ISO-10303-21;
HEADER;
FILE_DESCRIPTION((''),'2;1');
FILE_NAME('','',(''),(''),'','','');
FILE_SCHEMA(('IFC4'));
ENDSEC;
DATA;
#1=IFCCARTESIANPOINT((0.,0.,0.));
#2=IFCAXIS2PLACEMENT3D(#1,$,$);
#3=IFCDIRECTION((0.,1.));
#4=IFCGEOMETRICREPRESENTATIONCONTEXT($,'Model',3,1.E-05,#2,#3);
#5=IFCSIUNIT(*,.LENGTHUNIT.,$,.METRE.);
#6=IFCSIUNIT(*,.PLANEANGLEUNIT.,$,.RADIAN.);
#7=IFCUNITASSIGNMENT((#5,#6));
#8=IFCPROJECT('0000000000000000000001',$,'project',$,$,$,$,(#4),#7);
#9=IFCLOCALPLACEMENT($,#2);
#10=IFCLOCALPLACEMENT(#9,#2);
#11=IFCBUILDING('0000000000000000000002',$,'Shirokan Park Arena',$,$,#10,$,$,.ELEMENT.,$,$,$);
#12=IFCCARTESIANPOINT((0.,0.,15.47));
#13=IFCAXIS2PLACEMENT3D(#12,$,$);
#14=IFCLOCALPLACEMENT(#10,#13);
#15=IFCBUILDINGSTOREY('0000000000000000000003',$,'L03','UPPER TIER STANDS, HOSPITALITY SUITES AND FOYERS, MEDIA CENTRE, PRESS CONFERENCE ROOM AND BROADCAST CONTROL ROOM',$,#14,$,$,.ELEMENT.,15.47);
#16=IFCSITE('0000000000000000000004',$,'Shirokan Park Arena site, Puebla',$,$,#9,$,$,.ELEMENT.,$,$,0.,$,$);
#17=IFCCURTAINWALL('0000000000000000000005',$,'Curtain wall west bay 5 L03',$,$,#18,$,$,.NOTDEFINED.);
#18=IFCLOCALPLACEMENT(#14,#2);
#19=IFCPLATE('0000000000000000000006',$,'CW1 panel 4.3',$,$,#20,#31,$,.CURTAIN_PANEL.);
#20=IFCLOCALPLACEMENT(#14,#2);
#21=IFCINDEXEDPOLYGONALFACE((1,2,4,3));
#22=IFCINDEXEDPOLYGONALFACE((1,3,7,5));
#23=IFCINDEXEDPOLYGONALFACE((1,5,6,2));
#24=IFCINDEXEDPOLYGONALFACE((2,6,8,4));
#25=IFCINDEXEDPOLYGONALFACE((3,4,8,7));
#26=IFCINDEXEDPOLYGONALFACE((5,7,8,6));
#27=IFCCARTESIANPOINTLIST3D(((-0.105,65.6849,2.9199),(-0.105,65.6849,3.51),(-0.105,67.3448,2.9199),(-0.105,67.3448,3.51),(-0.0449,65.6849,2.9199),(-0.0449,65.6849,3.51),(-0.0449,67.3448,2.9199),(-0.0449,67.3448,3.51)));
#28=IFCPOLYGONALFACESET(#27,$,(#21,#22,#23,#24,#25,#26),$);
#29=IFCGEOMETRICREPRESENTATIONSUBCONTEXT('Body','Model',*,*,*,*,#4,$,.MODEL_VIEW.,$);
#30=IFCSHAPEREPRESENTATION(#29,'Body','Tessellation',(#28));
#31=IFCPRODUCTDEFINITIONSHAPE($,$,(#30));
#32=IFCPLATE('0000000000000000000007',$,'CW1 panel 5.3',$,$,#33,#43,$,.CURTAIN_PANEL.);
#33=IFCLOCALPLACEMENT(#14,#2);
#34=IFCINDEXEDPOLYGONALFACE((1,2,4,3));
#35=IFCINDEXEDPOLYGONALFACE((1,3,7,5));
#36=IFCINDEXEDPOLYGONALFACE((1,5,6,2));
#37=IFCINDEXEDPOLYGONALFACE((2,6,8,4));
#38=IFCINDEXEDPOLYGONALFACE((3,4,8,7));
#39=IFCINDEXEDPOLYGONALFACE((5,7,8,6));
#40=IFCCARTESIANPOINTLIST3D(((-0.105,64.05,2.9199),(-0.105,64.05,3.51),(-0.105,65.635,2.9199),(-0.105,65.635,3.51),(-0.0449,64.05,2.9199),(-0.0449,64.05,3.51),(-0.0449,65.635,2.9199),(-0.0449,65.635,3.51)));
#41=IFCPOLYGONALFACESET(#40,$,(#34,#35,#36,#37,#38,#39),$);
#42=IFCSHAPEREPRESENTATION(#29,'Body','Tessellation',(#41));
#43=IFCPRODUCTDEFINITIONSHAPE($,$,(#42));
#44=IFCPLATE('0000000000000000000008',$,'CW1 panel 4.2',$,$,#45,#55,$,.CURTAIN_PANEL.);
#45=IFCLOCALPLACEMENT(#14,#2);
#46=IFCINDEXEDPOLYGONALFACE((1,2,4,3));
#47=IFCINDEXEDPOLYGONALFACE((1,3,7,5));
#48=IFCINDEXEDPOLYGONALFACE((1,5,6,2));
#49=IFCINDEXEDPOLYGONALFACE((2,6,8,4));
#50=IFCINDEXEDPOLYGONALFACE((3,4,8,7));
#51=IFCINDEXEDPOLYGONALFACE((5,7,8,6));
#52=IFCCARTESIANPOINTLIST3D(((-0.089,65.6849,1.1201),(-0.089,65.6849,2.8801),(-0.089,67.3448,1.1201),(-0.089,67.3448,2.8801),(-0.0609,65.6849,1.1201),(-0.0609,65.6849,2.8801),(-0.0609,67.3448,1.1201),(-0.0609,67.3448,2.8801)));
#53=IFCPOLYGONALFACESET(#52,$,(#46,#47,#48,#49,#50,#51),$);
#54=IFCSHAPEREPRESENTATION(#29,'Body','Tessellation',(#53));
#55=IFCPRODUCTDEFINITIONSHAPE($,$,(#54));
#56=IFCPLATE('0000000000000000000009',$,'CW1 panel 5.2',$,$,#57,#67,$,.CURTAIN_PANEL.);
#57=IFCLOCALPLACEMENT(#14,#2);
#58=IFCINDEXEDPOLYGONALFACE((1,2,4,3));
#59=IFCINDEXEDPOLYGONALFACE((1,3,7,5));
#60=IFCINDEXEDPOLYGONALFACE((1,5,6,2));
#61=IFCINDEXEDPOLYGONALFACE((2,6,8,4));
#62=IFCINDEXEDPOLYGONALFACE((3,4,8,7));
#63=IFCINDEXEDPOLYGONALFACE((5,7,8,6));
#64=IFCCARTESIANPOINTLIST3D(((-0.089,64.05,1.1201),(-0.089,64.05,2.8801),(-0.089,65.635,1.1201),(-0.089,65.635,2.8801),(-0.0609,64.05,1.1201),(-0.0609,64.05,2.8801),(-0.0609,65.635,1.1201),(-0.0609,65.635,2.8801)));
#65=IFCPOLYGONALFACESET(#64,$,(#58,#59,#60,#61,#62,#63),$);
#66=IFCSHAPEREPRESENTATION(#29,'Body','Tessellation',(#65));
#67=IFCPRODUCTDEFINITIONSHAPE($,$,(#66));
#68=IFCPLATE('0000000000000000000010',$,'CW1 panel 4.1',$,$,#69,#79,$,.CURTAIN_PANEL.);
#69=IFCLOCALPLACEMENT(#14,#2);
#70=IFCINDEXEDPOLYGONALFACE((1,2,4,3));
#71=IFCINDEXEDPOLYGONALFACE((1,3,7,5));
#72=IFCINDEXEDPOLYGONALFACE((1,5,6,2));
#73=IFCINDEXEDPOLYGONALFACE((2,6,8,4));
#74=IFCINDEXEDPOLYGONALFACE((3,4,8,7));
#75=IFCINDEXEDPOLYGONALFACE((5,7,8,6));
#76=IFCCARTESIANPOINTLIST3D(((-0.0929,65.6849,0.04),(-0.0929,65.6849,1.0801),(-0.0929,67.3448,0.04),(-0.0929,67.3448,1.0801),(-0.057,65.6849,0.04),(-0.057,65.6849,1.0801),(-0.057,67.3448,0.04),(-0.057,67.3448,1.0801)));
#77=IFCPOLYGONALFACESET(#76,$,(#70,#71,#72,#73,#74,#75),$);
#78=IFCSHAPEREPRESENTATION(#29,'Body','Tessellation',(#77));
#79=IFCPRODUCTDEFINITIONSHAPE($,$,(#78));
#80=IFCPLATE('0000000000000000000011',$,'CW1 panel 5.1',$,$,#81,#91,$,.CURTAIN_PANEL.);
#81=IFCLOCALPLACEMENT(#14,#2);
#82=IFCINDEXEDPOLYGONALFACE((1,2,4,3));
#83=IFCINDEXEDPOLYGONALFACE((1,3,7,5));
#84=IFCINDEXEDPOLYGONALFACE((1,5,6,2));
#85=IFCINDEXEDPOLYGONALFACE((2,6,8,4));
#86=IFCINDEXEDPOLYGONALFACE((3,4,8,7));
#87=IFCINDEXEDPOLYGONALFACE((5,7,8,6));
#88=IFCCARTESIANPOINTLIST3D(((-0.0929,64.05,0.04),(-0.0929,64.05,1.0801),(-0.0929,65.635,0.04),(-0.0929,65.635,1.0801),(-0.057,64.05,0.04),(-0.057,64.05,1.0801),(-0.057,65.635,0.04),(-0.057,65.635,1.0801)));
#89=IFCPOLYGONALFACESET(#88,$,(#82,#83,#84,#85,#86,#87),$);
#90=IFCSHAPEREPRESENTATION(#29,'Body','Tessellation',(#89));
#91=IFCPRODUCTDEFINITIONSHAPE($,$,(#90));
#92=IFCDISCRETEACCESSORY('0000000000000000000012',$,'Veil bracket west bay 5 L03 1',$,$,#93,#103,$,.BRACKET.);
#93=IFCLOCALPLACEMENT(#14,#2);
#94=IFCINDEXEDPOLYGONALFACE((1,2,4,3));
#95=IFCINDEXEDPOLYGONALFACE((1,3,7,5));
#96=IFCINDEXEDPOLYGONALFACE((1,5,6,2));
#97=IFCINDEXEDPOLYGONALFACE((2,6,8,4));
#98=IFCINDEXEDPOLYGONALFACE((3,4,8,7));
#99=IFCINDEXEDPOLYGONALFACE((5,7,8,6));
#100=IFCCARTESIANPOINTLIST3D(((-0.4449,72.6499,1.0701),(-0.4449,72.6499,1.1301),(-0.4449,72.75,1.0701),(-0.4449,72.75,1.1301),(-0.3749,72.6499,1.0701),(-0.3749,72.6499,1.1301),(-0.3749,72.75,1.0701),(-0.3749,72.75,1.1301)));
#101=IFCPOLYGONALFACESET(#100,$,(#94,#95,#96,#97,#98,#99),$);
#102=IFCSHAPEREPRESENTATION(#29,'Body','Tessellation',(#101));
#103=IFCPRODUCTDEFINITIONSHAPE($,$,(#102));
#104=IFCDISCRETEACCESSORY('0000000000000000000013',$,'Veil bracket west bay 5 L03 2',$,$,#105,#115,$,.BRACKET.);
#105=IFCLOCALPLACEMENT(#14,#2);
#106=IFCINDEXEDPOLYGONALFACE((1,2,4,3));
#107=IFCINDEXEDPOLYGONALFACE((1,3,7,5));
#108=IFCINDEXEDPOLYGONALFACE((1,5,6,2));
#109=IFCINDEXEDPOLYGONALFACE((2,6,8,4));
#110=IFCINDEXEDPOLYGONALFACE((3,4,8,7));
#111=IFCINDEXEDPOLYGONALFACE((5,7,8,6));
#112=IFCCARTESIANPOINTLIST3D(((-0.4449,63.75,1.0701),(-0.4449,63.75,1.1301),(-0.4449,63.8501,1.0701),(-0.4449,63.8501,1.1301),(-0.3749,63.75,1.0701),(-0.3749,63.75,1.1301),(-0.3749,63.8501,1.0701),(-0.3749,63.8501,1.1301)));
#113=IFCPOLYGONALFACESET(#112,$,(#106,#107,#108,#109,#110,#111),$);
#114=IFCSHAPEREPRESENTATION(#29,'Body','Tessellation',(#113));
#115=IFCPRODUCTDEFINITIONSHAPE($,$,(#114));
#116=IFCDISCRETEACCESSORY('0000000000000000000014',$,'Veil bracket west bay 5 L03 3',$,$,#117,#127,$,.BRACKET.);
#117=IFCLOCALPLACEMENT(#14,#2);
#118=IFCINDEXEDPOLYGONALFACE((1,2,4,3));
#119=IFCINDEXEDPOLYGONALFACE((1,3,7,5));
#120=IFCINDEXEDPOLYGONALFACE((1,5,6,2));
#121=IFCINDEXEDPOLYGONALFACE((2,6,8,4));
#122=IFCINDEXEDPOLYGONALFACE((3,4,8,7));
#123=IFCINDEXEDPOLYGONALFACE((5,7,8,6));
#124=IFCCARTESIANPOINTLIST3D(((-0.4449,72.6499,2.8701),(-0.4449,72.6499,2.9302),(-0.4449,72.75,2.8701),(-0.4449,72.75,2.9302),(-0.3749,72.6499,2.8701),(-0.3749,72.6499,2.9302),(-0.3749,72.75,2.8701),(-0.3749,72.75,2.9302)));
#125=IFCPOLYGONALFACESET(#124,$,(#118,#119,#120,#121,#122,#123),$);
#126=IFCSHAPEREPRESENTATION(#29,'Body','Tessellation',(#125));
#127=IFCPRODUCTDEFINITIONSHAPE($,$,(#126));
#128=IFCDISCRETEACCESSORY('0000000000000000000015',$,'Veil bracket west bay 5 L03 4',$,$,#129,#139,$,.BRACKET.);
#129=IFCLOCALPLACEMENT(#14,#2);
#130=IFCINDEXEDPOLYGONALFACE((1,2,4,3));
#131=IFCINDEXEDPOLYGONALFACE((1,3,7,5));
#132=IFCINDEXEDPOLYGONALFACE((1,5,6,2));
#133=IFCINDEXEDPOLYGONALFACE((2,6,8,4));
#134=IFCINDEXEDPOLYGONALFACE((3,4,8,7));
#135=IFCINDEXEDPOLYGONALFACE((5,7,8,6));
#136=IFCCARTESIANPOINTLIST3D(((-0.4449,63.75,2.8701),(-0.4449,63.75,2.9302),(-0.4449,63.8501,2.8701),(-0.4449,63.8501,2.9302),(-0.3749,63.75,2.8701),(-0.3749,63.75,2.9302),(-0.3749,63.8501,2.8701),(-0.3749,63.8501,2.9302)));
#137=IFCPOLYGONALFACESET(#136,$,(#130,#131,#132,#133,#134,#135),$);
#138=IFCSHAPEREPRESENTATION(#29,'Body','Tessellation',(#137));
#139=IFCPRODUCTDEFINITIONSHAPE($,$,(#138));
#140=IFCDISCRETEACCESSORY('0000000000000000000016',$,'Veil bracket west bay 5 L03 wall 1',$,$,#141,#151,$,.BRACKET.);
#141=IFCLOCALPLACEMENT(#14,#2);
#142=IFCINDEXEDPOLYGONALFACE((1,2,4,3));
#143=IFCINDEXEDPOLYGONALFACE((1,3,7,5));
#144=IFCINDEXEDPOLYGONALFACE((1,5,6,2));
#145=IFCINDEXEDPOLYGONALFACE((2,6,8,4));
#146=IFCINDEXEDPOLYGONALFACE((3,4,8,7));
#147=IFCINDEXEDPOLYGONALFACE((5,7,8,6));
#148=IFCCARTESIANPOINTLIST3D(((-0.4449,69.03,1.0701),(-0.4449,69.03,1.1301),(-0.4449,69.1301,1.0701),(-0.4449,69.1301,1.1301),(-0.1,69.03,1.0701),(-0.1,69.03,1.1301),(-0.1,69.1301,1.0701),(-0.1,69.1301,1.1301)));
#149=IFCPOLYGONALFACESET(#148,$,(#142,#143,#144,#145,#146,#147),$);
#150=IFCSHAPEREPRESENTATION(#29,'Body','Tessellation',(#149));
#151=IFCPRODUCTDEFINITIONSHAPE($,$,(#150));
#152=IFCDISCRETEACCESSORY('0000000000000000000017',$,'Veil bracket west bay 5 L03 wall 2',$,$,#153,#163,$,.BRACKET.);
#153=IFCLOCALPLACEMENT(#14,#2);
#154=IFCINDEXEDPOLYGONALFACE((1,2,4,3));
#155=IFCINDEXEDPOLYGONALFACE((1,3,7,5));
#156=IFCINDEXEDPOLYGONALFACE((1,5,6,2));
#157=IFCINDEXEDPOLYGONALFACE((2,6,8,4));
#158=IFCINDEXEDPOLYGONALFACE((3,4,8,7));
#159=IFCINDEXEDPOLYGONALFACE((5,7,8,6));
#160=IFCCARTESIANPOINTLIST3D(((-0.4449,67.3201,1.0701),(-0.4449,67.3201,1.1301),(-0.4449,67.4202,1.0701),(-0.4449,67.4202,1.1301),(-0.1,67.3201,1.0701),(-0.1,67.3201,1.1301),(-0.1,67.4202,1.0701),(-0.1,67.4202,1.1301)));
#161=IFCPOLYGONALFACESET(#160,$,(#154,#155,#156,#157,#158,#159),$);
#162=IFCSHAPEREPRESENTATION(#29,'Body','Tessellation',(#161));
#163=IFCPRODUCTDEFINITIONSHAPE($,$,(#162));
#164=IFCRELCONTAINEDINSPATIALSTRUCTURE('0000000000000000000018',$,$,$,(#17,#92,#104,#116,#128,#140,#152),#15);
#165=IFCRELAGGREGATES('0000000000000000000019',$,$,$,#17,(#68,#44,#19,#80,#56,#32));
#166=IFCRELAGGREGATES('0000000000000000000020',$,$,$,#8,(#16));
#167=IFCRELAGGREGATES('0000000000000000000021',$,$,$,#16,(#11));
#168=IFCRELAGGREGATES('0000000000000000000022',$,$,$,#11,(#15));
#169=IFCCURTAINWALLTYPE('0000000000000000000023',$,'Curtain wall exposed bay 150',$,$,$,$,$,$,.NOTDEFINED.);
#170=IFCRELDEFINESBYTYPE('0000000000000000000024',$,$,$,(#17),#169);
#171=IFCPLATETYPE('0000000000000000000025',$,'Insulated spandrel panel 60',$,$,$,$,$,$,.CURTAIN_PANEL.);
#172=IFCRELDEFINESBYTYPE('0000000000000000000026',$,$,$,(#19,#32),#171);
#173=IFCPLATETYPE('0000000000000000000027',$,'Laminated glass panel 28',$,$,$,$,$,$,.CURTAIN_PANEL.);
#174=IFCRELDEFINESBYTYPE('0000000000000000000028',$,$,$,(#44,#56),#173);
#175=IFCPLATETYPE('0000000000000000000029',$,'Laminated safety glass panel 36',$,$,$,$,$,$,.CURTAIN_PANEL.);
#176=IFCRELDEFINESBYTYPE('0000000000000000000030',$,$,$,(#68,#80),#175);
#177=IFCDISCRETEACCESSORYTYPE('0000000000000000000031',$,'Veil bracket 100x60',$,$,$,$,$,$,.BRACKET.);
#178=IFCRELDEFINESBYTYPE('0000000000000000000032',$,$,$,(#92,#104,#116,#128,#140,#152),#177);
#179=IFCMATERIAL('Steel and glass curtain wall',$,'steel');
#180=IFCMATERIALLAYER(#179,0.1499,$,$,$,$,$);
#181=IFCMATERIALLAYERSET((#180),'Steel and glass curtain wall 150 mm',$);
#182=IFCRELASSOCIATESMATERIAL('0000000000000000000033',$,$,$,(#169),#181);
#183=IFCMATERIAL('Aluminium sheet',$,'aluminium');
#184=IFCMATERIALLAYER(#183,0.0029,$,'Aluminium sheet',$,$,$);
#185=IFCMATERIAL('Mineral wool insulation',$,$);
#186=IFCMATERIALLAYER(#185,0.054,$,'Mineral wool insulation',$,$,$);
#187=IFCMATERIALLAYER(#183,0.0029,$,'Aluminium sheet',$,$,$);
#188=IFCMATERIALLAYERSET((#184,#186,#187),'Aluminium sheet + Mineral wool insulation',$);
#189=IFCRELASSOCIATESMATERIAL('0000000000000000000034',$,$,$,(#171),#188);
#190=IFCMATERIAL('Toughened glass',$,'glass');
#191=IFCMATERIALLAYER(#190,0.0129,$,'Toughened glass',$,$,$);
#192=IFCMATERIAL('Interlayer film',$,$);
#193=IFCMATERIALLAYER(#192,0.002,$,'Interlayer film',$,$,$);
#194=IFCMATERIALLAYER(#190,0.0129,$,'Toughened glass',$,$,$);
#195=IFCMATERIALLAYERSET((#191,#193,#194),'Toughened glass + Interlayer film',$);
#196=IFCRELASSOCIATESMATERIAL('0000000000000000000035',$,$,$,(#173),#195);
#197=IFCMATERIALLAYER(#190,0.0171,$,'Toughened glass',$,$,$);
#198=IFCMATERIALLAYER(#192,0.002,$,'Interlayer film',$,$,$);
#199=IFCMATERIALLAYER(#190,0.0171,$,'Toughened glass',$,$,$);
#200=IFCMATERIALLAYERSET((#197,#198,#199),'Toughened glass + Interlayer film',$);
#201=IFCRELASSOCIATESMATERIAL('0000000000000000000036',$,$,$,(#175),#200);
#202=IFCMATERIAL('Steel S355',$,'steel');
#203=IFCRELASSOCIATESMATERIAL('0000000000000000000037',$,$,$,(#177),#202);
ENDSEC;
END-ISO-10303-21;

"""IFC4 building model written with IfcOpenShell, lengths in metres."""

from ifc_helpers import new_model, si_unit, direction, frame, origin, origin_2d, place, context, subcontext, project, spatial, rectangle, extrude, material, layer, layer_set, type_object, element, aggregate, save


model = new_model("IFC4")

# Units and contexts
model_context = context("Model", 3, precision=1e-05, world=origin(), true_north=direction((0.0, 1.0)))
body_context = subcontext(model_context, "Body", "Model", "MODEL_VIEW")
ifc_project = project(units=[si_unit("LENGTHUNIT", "METRE"), si_unit("PLANEANGLEUNIT", "RADIAN")], contexts=[model_context])

# Site, building, storey
site_placement = place(None, origin())
site = spatial("IfcSite", under=ifc_project, at=site_placement, Name="Shirokan Park Arena site, Puebla", CompositionType="ELEMENT", RefElevation=0.0)
building_placement = place(site_placement, origin())
building = spatial("IfcBuilding", under=site, at=building_placement, Name="Shirokan Park Arena", CompositionType="ELEMENT")
storey_placement = place(building_placement, frame((0.0, 0.0, 15.47)))
storey = spatial("IfcBuildingStorey", under=building, at=storey_placement, Name="L03", Description="UPPER TIER STANDS, HOSPITALITY SUITES AND FOYERS, MEDIA CENTRE, PRESS CONFERENCE ROOM AND BROADCAST CONTROL ROOM", CompositionType="ELEMENT", Elevation=15.47)

# Curtain wall, plates
ifc_material_1 = material(Name="Steel and glass curtain wall", Category="steel")
ifc_layer_1 = layer(ifc_material_1, 0.1499)
ifc_layer_set_1 = layer_set([ifc_layer_1], Name="Steel and glass curtain wall 150 mm")
curtain_wall_type = type_object("IfcCurtainWallType", Name="Curtain wall exposed bay 150", PredefinedType="NOTDEFINED", material=ifc_layer_set_1)
curtain_wall_placement = place(storey_placement, origin())
curtain_wall = element("IfcCurtainWall", 1, at=curtain_wall_placement, inside=storey, type_object=curtain_wall_type, Name="Curtain wall west bay 5 L03", PredefinedType="NOTDEFINED")
ifc_material_2 = material(Name="Steel S355", Category="steel")
ifc_material_3 = material(Name="Aluminium sheet", Category="aluminium")
ifc_layer_2 = layer(ifc_material_3, 0.0029, Name="Aluminium sheet")
ifc_material_4 = material(Name="Mineral wool insulation")
ifc_layer_3 = layer(ifc_material_4, 0.054, Name="Mineral wool insulation")
ifc_layer_4 = layer(ifc_material_3, 0.0029, Name="Aluminium sheet")
ifc_layer_set_2 = layer_set([ifc_layer_2, ifc_layer_3, ifc_layer_4], Name="Aluminium sheet + Mineral wool insulation")
plate_type_1 = type_object("IfcPlateType", Name="Insulated spandrel panel 60", PredefinedType="CURTAIN_PANEL", material=ifc_layer_set_2)
plate_1_placement = place(storey_placement, frame((-0.075, 66.5149, 2.9199), z_axis=(0.0, 0.0, 1.0), x_axis=(0.0, -1.0, 0.0)))
plate_1 = element("IfcPlate", 2, at=plate_1_placement, type_object=plate_type_1, Name="CW1 panel 4.3", PredefinedType="CURTAIN_PANEL", context=body_context, shape_type="SweptSolid", body=[
    extrude(rectangle(XDim=1.6599, YDim=0.0601, at=origin_2d()), origin(), (0.0, 0.0, 1.0), 0.5901),
])
plate_2_placement = place(storey_placement, frame((-0.075, 64.8425, 2.9199), z_axis=(0.0, 0.0, 1.0), x_axis=(0.0, -1.0, 0.0)))
plate_2 = element("IfcPlate", 3, at=plate_2_placement, type_object=plate_type_1, Name="CW1 panel 5.3", PredefinedType="CURTAIN_PANEL", context=body_context, shape_type="SweptSolid", body=[
    extrude(rectangle(XDim=1.585, YDim=0.0601, at=origin_2d()), origin(), (0.0, 0.0, 1.0), 0.5901),
])
ifc_material_5 = material(Name="Toughened glass", Category="glass")
ifc_layer_5 = layer(ifc_material_5, 0.0129, Name="Toughened glass")
ifc_material_6 = material(Name="Interlayer film")
ifc_layer_6 = layer(ifc_material_6, 0.002, Name="Interlayer film")
ifc_layer_7 = layer(ifc_material_5, 0.0129, Name="Toughened glass")
ifc_layer_set_3 = layer_set([ifc_layer_5, ifc_layer_6, ifc_layer_7], Name="Toughened glass + Interlayer film")
plate_type_2 = type_object("IfcPlateType", Name="Laminated glass panel 28", PredefinedType="CURTAIN_PANEL", material=ifc_layer_set_3)
plate_3_placement = place(storey_placement, frame((-0.075, 66.5149, 1.1201), z_axis=(0.0, 0.0, 1.0), x_axis=(0.0, -1.0, 0.0)))
plate_3 = element("IfcPlate", 4, at=plate_3_placement, type_object=plate_type_2, Name="CW1 panel 4.2", PredefinedType="CURTAIN_PANEL", context=body_context, shape_type="SweptSolid", body=[
    extrude(rectangle(XDim=1.6599, YDim=0.0281, at=origin_2d()), origin(), (0.0, 0.0, 1.0), 1.76),
])
plate_4_placement = place(storey_placement, frame((-0.075, 64.8425, 1.1201), z_axis=(0.0, 0.0, 1.0), x_axis=(0.0, -1.0, 0.0)))
plate_4 = element("IfcPlate", 5, at=plate_4_placement, type_object=plate_type_2, Name="CW1 panel 5.2", PredefinedType="CURTAIN_PANEL", context=body_context, shape_type="SweptSolid", body=[
    extrude(rectangle(XDim=1.585, YDim=0.0281, at=origin_2d()), origin(), (0.0, 0.0, 1.0), 1.76),
])
ifc_layer_8 = layer(ifc_material_5, 0.0171, Name="Toughened glass")
ifc_layer_9 = layer(ifc_material_6, 0.002, Name="Interlayer film")
ifc_layer_10 = layer(ifc_material_5, 0.0171, Name="Toughened glass")
ifc_layer_set_4 = layer_set([ifc_layer_8, ifc_layer_9, ifc_layer_10], Name="Toughened glass + Interlayer film")
plate_type_3 = type_object("IfcPlateType", Name="Laminated safety glass panel 36", PredefinedType="CURTAIN_PANEL", material=ifc_layer_set_4)
plate_5_placement = place(storey_placement, frame((-0.075, 66.5149, 0.04), z_axis=(0.0, 0.0, 1.0), x_axis=(0.0, -1.0, 0.0)))
plate_5 = element("IfcPlate", 6, at=plate_5_placement, type_object=plate_type_3, Name="CW1 panel 4.1", PredefinedType="CURTAIN_PANEL", context=body_context, shape_type="SweptSolid", body=[
    extrude(rectangle(XDim=1.6599, YDim=0.0359, at=origin_2d()), origin(), (0.0, 0.0, 1.0), 1.04),
])
plate_6_placement = place(storey_placement, frame((-0.075, 64.8425, 0.04), z_axis=(0.0, 0.0, 1.0), x_axis=(0.0, -1.0, 0.0)))
plate_6 = element("IfcPlate", 7, at=plate_6_placement, type_object=plate_type_3, Name="CW1 panel 5.1", PredefinedType="CURTAIN_PANEL", context=body_context, shape_type="SweptSolid", body=[
    extrude(rectangle(XDim=1.585, YDim=0.0359, at=origin_2d()), origin(), (0.0, 0.0, 1.0), 1.04),
])
aggregate(curtain_wall, [plate_5, plate_3, plate_1, plate_6, plate_4, plate_2])

# Discrete accessories
discrete_accessory_type = type_object("IfcDiscreteAccessoryType", Name="Veil bracket 100x60", PredefinedType="BRACKET", material=ifc_material_2)
for number, where, z_axis, x_axis, name in (
    (8, (-0.4099, 72.7, 1.0701), (0.0, 0.0, 1.0), (0.0, -1.0, 0.0), "Veil bracket west bay 5 L03 1"),
    (9, (-0.4099, 63.8, 1.0701), (0.0, 0.0, 1.0), (0.0, -1.0, 0.0), "Veil bracket west bay 5 L03 2"),
    (10, (-0.4099, 72.7, 2.8701), (0.0, 0.0, 1.0), (0.0, -1.0, 0.0), "Veil bracket west bay 5 L03 3"),
    (11, (-0.4099, 63.8, 2.8701), (0.0, 0.0, 1.0), (0.0, -1.0, 0.0), "Veil bracket west bay 5 L03 4"),
):
    element("IfcDiscreteAccessory", number, at=place(storey_placement, frame(where, z_axis=z_axis, x_axis=x_axis)), inside=storey, type_object=discrete_accessory_type, Name=name, PredefinedType="BRACKET", context=body_context, shape_type="SweptSolid", body=[
        extrude(rectangle(XDim=0.1001, YDim=0.0701, at=origin_2d()), origin(), (0.0, 0.0, 1.0), 0.0601),
    ])
for number, where, z_axis, x_axis, name in (
    (12, (-0.2725, 69.0801, 1.0701), (0.0, 0.0, 1.0), (0.0, -1.0, 0.0), "Veil bracket west bay 5 L03 wall 1"),
    (13, (-0.2725, 67.3701, 1.0701), (0.0, 0.0, 1.0), (0.0, -1.0, 0.0), "Veil bracket west bay 5 L03 wall 2"),
):
    element("IfcDiscreteAccessory", number, at=place(storey_placement, frame(where, z_axis=z_axis, x_axis=x_axis)), inside=storey, type_object=discrete_accessory_type, Name=name, PredefinedType="BRACKET", context=body_context, shape_type="SweptSolid", body=[
        extrude(rectangle(XDim=0.1001, YDim=0.345, at=origin_2d()), origin(), (0.0, 0.0, 1.0), 0.0601),
    ])

save(model, "model.ifc")
